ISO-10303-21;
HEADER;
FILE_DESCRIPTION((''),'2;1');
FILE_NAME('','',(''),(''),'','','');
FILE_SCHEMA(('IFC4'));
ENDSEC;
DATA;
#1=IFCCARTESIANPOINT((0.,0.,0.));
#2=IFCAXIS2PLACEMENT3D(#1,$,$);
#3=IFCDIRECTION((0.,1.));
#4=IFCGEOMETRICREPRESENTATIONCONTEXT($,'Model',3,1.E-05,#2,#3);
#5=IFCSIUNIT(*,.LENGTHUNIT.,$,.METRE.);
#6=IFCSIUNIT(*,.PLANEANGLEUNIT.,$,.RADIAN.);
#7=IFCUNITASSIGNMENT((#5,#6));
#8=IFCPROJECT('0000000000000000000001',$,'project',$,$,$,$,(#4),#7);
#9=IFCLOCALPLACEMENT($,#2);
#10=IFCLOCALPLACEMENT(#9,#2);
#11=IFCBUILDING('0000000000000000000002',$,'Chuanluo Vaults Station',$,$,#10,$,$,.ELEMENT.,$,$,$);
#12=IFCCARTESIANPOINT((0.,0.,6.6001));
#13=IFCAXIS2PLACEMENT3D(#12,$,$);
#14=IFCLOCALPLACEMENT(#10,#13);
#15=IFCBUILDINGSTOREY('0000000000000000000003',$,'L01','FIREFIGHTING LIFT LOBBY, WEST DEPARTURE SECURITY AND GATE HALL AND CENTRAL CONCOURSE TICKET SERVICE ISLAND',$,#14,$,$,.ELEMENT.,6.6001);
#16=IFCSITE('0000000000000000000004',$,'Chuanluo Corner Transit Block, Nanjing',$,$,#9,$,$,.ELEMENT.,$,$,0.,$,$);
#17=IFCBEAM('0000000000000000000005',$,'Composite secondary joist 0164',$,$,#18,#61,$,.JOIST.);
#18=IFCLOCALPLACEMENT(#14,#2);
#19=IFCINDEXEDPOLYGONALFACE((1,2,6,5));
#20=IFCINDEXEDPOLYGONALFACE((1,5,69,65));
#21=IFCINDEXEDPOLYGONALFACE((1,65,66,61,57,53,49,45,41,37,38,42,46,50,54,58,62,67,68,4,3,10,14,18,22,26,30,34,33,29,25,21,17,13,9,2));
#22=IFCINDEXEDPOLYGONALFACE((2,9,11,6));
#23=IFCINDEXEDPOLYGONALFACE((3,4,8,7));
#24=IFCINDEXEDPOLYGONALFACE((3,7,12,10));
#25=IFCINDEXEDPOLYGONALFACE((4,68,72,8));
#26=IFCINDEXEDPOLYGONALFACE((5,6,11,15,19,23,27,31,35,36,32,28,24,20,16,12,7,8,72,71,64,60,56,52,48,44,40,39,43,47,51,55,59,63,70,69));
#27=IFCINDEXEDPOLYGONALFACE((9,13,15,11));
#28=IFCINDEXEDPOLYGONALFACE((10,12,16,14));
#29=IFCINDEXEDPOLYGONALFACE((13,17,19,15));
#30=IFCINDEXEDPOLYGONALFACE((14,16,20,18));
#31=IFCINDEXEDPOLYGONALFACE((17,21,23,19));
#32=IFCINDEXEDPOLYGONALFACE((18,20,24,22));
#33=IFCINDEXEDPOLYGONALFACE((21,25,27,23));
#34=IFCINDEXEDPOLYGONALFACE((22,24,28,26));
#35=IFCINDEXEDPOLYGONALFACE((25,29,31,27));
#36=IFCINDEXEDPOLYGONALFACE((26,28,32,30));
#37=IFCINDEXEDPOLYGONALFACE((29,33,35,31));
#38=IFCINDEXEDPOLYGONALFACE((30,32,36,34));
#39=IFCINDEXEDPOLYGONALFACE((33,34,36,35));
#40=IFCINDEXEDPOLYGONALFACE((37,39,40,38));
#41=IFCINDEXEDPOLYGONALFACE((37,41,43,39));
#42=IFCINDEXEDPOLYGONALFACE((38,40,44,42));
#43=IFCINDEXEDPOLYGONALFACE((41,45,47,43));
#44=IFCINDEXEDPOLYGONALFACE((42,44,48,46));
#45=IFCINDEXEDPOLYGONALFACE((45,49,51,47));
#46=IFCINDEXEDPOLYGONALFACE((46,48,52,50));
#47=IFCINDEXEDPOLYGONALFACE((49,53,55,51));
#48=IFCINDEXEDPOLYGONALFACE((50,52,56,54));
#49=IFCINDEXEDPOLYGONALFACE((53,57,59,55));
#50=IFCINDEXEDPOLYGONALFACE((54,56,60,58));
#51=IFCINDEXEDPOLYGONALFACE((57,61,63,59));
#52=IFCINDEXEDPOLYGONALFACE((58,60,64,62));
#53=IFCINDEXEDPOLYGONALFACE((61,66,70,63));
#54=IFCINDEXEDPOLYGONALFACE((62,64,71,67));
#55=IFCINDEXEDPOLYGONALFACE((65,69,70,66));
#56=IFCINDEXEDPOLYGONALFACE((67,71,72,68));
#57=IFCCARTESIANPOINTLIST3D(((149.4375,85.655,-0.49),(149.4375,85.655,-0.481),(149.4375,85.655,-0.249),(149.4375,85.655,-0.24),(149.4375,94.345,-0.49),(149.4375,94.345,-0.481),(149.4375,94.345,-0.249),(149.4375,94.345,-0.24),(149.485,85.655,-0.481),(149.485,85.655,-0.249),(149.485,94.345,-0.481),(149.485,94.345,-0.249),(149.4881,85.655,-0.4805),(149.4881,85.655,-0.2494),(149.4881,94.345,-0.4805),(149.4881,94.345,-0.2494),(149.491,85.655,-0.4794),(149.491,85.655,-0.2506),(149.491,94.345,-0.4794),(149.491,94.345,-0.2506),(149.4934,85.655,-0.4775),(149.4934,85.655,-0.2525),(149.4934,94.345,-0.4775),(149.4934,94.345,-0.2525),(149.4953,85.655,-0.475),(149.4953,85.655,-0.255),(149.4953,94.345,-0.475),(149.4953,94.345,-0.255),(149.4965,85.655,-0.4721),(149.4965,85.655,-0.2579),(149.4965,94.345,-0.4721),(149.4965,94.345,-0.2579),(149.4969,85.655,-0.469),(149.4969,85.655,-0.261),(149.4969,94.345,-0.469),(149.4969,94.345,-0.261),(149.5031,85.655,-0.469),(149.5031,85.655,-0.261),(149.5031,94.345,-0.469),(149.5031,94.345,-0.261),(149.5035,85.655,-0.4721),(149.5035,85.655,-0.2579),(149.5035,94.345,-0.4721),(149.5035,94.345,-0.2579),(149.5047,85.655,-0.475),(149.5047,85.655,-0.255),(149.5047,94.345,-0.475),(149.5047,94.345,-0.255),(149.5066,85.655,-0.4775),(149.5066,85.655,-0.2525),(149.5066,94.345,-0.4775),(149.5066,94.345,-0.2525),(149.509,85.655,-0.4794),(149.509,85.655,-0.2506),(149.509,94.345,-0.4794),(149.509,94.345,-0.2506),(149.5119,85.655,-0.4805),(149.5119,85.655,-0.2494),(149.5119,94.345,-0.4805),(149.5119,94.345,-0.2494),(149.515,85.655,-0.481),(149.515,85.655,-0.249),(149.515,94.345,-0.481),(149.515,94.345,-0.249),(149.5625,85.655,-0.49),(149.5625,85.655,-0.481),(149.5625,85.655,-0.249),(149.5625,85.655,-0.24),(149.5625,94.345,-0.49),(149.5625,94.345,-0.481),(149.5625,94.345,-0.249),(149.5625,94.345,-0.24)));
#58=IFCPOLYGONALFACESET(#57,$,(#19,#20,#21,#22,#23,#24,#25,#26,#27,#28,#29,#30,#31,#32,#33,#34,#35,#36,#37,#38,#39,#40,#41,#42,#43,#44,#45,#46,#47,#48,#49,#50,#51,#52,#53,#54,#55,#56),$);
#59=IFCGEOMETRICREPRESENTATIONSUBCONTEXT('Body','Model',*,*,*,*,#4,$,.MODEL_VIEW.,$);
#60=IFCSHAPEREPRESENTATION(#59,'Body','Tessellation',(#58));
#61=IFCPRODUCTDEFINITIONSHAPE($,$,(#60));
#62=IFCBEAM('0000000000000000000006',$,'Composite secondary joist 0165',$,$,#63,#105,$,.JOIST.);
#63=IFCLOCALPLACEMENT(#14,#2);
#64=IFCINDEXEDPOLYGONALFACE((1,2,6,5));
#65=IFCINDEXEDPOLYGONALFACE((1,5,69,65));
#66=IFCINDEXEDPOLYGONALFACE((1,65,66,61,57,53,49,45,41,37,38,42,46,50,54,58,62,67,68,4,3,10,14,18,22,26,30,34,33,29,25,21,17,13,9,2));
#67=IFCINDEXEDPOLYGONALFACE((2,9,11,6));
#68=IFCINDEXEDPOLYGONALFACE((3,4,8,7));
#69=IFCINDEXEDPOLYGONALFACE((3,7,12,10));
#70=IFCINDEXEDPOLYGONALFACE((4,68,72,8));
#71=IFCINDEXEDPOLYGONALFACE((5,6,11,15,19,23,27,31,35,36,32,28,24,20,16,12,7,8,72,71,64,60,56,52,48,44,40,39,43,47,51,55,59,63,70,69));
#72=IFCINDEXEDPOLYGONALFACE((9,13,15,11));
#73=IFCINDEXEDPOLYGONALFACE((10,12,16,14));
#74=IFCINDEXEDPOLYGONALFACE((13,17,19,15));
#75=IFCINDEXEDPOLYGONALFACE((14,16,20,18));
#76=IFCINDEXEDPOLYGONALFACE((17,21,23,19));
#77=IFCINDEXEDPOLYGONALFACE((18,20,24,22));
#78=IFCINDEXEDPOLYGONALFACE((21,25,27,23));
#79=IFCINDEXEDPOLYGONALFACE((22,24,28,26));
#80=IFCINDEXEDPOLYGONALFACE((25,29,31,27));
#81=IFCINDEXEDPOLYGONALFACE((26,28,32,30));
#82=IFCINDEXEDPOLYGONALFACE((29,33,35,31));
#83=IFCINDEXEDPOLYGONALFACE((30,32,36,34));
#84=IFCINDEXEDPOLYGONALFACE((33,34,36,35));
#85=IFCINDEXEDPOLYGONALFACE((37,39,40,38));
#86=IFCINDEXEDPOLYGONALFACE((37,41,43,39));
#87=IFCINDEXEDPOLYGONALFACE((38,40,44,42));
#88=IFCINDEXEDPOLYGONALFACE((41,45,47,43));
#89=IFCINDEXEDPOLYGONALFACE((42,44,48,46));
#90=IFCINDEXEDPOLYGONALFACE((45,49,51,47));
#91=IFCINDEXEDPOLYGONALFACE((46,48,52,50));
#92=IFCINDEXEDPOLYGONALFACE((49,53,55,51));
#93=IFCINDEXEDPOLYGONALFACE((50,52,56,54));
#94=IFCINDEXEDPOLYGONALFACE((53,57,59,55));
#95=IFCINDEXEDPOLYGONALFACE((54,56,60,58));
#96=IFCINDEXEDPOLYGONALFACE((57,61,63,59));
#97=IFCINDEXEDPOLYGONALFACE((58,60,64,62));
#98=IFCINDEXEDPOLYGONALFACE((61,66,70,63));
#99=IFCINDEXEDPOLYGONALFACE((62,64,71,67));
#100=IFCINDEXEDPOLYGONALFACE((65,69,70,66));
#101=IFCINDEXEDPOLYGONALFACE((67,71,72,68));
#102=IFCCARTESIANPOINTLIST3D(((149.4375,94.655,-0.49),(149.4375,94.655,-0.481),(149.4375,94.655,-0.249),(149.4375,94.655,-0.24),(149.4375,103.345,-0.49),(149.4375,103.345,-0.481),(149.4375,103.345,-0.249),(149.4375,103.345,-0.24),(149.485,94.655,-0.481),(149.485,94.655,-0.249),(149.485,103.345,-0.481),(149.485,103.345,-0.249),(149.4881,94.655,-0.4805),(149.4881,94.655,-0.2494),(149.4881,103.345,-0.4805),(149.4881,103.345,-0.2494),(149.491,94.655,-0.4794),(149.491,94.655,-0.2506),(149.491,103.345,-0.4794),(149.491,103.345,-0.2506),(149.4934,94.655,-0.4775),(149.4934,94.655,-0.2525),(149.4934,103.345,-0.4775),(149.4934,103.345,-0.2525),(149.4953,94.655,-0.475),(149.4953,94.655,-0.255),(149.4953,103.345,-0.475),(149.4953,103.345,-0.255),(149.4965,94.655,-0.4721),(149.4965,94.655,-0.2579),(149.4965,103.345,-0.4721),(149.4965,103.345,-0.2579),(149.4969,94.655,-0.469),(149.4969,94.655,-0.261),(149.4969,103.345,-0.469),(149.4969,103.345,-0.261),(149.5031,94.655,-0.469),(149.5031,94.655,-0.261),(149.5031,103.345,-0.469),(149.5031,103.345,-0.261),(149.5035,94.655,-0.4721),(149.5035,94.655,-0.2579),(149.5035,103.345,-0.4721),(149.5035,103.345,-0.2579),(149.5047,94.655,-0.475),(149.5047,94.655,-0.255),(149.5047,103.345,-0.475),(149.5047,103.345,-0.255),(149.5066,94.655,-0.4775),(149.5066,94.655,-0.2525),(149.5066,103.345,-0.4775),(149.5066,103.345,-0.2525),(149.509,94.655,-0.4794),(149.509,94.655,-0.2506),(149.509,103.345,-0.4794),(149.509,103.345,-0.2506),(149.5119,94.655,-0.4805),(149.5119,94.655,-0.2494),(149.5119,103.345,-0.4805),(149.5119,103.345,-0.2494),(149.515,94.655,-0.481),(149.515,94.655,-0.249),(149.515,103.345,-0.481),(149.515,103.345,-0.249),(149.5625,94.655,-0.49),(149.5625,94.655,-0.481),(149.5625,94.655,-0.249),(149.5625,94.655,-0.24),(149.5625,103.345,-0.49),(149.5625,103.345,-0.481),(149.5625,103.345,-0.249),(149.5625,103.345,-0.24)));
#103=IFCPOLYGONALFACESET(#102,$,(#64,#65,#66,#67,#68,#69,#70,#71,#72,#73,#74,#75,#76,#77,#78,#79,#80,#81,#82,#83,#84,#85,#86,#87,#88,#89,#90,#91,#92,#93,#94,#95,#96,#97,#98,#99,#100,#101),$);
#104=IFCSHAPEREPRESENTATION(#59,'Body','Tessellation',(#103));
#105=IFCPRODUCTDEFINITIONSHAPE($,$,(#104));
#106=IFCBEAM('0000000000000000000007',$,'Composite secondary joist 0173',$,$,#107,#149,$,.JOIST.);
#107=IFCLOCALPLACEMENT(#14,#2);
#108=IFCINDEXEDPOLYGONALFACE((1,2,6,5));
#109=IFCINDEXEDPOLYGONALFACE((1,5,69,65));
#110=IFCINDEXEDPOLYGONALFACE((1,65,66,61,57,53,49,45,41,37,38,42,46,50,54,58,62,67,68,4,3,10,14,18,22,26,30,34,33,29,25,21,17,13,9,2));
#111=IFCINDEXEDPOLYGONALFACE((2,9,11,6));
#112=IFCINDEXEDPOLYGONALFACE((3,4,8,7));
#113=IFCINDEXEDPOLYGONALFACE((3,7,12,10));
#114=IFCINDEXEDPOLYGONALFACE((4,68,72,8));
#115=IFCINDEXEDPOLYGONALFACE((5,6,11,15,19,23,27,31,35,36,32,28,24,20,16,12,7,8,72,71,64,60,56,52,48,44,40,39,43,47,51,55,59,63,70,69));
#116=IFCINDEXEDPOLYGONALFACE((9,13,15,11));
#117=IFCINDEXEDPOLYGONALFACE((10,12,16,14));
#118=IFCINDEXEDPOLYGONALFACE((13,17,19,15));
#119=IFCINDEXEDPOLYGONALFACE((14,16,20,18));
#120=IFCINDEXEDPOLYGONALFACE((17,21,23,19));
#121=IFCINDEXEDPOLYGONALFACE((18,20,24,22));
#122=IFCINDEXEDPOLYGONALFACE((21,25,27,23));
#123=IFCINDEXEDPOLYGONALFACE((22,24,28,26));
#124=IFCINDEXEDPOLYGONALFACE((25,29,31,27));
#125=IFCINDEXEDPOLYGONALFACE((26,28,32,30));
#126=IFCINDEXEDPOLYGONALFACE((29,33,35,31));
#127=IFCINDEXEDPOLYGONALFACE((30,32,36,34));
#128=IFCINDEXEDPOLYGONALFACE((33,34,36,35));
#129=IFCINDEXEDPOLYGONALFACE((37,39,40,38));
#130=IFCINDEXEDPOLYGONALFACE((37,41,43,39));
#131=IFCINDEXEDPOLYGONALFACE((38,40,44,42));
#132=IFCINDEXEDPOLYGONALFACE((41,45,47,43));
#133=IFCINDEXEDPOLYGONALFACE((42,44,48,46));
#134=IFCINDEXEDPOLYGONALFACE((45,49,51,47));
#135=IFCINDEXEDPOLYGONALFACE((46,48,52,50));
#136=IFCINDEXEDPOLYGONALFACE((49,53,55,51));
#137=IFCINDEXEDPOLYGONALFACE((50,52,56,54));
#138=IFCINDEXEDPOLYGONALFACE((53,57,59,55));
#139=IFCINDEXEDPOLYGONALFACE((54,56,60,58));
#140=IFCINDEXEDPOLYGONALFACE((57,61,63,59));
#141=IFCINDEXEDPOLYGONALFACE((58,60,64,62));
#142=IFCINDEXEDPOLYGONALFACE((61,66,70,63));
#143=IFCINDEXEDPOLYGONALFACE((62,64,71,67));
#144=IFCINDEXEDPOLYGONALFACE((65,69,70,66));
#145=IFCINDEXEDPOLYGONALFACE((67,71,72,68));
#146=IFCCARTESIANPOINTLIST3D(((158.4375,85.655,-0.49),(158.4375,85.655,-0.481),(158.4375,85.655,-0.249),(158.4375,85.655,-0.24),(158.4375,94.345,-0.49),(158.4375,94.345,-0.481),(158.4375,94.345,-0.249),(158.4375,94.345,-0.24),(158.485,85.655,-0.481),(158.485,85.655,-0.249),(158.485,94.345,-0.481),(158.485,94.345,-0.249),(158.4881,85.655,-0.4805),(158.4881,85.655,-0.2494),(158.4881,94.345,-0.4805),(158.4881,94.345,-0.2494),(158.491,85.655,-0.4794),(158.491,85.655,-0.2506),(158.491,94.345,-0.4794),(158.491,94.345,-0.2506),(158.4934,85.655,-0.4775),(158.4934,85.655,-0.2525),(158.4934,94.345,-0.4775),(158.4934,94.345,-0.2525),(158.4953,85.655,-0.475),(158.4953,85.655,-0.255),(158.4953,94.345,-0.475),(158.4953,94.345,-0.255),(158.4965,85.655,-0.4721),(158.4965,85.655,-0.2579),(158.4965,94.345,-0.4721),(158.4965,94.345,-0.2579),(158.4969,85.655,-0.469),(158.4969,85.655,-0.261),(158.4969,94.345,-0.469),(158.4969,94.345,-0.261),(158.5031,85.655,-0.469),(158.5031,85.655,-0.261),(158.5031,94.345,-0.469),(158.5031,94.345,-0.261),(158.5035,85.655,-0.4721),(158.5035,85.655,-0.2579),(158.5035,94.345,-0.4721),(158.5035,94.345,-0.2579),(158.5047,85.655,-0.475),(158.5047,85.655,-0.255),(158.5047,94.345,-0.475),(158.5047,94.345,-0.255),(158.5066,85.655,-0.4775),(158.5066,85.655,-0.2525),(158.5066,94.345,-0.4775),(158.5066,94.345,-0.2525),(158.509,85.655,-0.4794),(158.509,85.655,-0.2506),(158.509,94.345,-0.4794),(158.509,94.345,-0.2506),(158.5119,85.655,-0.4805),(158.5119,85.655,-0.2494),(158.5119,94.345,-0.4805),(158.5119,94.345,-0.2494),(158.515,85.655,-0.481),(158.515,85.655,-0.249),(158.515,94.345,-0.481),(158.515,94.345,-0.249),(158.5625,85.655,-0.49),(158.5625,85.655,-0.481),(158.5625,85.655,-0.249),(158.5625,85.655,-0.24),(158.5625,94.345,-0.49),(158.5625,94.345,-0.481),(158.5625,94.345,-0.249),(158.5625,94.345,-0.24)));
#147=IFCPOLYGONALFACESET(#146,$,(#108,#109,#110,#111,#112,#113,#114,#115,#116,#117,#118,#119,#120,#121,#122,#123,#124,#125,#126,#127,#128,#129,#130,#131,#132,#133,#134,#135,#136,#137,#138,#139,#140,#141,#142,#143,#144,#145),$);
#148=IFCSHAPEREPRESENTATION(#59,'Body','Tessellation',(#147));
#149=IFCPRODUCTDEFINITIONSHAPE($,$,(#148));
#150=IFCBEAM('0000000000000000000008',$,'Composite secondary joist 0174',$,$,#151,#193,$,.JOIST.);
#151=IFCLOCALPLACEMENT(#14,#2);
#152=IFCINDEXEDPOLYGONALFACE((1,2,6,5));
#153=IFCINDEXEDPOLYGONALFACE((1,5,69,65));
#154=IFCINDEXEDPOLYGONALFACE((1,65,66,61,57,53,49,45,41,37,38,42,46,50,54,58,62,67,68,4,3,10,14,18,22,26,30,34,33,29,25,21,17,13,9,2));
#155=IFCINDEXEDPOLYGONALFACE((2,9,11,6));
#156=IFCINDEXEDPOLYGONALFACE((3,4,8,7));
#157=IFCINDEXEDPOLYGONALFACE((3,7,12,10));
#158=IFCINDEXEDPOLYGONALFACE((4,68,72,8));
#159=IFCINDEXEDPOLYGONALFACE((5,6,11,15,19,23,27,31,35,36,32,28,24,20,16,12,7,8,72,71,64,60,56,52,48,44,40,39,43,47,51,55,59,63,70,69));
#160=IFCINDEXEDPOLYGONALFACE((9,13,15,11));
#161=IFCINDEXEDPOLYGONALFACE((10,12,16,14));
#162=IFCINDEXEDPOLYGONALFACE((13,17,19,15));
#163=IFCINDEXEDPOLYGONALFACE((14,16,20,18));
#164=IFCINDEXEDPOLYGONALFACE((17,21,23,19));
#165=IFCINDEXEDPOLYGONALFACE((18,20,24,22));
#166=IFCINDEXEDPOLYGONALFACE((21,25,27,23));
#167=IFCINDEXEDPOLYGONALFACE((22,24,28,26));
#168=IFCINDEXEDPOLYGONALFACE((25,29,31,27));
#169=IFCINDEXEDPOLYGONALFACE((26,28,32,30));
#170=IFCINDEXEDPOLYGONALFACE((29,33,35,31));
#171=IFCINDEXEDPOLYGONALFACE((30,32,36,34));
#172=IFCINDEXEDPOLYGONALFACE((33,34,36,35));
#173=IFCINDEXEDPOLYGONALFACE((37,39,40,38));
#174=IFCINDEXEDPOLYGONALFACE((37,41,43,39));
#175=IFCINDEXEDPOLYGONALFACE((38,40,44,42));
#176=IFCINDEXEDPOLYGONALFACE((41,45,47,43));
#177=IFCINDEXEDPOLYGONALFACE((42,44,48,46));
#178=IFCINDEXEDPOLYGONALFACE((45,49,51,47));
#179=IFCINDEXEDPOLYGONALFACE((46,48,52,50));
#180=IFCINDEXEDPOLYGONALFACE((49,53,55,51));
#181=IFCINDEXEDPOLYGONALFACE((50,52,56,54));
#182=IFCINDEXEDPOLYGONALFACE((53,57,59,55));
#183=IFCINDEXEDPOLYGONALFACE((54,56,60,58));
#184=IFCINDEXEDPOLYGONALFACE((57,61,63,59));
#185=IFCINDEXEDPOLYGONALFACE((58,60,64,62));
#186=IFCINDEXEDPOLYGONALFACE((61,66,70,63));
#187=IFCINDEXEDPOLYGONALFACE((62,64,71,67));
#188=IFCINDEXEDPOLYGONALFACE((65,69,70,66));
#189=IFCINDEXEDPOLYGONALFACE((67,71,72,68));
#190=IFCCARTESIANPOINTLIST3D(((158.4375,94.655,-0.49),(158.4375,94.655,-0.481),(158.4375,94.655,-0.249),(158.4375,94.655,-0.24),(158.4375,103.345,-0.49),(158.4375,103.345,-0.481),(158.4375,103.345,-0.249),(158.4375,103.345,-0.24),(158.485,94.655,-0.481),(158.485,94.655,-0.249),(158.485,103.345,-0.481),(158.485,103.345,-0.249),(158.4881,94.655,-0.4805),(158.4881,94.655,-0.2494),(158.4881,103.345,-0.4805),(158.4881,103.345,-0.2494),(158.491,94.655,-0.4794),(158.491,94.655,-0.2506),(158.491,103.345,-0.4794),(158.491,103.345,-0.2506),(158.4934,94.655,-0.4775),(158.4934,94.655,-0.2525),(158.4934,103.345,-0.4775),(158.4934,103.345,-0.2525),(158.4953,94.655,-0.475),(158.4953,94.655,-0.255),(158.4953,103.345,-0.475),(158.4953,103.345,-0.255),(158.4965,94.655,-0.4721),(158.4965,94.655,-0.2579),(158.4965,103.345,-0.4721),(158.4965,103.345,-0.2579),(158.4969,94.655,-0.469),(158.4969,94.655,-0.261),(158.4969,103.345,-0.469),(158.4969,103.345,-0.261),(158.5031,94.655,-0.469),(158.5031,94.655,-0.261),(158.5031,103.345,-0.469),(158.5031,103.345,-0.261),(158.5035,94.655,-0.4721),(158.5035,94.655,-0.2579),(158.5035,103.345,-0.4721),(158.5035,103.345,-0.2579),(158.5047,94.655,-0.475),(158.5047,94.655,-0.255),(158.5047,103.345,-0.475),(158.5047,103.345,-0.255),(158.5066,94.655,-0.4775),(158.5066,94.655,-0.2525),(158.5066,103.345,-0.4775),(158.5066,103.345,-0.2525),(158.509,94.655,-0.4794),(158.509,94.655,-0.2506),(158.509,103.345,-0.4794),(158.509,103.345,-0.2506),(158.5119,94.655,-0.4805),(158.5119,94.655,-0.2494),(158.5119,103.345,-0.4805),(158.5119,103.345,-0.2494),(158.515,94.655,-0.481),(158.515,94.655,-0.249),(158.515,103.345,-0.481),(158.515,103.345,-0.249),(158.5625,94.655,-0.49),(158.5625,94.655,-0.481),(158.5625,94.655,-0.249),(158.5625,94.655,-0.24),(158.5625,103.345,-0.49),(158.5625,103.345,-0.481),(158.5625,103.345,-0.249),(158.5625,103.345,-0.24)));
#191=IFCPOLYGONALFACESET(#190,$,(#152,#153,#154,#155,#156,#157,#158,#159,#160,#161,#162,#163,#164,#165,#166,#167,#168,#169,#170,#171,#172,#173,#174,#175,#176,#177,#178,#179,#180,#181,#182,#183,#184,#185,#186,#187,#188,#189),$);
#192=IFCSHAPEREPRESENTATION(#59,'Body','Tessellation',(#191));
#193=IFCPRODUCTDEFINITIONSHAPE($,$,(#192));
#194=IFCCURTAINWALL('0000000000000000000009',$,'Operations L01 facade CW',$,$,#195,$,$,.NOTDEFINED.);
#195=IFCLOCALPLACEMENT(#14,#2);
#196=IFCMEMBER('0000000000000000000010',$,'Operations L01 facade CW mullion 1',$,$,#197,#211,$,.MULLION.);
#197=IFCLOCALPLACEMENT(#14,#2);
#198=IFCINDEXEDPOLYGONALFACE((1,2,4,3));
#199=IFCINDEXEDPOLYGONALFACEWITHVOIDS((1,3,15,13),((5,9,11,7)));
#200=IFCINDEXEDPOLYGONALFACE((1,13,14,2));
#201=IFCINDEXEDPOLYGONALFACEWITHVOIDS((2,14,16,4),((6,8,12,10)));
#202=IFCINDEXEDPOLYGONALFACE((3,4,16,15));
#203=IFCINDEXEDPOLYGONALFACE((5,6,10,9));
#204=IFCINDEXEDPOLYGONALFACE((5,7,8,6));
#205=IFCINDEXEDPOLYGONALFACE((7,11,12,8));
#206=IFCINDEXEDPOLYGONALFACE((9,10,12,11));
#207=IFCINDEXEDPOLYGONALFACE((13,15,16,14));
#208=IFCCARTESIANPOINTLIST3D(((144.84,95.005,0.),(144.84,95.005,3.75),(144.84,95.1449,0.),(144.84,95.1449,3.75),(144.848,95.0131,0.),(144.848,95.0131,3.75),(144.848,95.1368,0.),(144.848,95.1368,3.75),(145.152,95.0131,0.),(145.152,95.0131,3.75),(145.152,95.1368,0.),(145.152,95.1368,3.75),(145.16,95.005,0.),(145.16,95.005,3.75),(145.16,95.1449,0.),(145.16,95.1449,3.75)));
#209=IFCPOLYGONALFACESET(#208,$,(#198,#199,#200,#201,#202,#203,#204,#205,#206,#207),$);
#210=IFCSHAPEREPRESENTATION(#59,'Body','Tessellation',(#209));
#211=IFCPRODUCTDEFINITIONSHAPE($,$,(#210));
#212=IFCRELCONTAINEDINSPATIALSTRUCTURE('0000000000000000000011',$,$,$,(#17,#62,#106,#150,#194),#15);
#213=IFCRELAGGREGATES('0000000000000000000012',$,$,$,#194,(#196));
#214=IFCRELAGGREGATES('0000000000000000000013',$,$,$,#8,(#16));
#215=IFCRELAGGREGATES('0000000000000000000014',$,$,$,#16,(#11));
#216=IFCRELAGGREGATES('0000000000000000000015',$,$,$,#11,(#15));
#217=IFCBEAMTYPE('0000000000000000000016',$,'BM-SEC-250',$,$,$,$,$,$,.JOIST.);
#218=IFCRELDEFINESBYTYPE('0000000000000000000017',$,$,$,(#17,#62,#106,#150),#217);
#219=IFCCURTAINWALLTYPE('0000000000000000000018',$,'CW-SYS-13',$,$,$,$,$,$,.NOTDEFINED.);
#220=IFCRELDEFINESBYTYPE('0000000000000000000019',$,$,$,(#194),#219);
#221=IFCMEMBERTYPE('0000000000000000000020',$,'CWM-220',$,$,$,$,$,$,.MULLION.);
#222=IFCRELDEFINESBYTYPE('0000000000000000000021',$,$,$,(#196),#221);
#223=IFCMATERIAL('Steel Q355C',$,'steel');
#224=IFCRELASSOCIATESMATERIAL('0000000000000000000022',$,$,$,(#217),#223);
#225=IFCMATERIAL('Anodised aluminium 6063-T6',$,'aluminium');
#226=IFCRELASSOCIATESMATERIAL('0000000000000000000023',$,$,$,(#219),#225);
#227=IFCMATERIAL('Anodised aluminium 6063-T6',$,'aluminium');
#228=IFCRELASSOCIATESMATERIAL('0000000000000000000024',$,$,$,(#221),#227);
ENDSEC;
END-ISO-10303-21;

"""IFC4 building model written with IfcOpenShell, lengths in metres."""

from ifc_helpers import new_model, si_unit, direction, frame, origin, origin_2d, place, context, subcontext, project, spatial, hollow_rectangle, i_section, extrude, material, material_profile, profile_set, type_object, element, aggregate, save


model = new_model("IFC4")

# Units and contexts
model_context = context("Model", 3, precision=1e-05, world=origin(), true_north=direction((0.0, 1.0)))
body_context = subcontext(model_context, "Body", "Model", "MODEL_VIEW")
ifc_project = project(units=[si_unit("LENGTHUNIT", "METRE"), si_unit("PLANEANGLEUNIT", "RADIAN")], contexts=[model_context])

# Site, building, storey
site_placement = place(None, origin())
site = spatial("IfcSite", under=ifc_project, at=site_placement, Name="Chuanluo Corner Transit Block, Nanjing", CompositionType="ELEMENT", RefElevation=0.0)
building_placement = place(site_placement, origin())
building = spatial("IfcBuilding", under=site, at=building_placement, Name="Chuanluo Vaults Station", CompositionType="ELEMENT")
storey_placement = place(building_placement, frame((0.0, 0.0, 6.6001)))
storey = spatial("IfcBuildingStorey", under=building, at=storey_placement, Name="L01", Description="FIREFIGHTING LIFT LOBBY, WEST DEPARTURE SECURITY AND GATE HALL AND CENTRAL CONCOURSE TICKET SERVICE ISLAND", CompositionType="ELEMENT", Elevation=6.6001)

# Beams
ifc_material_1 = material(Name="Steel Q355C", Category="steel")
ifc_material_profile_1 = material_profile(ifc_material_1, i_section(OverallWidth=0.125, OverallDepth=0.25, WebThickness=0.0061, FlangeThickness=0.009, FilletRadius=0.012, at=origin_2d()))
ifc_profile_set_1 = profile_set([ifc_material_profile_1], Name="Steel Q355C")
beam_type_1 = type_object("IfcBeamType", Name="BM-SEC-250", PredefinedType="JOIST", material=ifc_profile_set_1)
for number, where, z_axis, x_axis, name in (
    (1, (149.5, 85.655, -0.365), (0.0, 1.0, 0.0), (-1.0, 0.0, 0.0), "Composite secondary joist 0164"),
    (2, (149.5, 94.655, -0.365), (0.0, 1.0, 0.0), (-1.0, 0.0, 0.0), "Composite secondary joist 0165"),
    (3, (158.5, 85.655, -0.365), (0.0, 1.0, 0.0), (-1.0, 0.0, 0.0), "Composite secondary joist 0173"),
    (4, (158.5, 94.655, -0.365), (0.0, 1.0, 0.0), (-1.0, 0.0, 0.0), "Composite secondary joist 0174"),
):
    element("IfcBeam", number, at=place(storey_placement, frame(where, z_axis=z_axis, x_axis=x_axis)), inside=storey, type_object=beam_type_1, Name=name, PredefinedType="JOIST", context=body_context, shape_type="SweptSolid", body=[
        extrude(i_section(OverallWidth=0.125, OverallDepth=0.25, WebThickness=0.0061, FlangeThickness=0.009, FilletRadius=0.012, at=origin_2d()), origin(), (0.0, 0.0, 1.0), 8.6899),
    ])

# Curtain wall, member
ifc_material_2 = material(Name="Anodised aluminium 6063-T6", Category="aluminium")
curtain_wall_type = type_object("IfcCurtainWallType", Name="CW-SYS-13", PredefinedType="NOTDEFINED", material=ifc_material_2)
curtain_wall_placement = place(storey_placement, origin())
curtain_wall = element("IfcCurtainWall", 5, at=curtain_wall_placement, inside=storey, type_object=curtain_wall_type, Name="Operations L01 facade CW", PredefinedType="NOTDEFINED")
ifc_material_3 = material(Name="Anodised aluminium 6063-T6", Category="aluminium")
ifc_material_profile_2 = material_profile(ifc_material_3, hollow_rectangle(XDim=0.1399, YDim=0.3201, WallThickness=0.0081, at=origin_2d()))
ifc_profile_set_2 = profile_set([ifc_material_profile_2], Name="Anodised aluminium 6063-T6")
member_type_1 = type_object("IfcMemberType", Name="CWM-220", PredefinedType="MULLION", material=ifc_profile_set_2)
member_1_placement = place(storey_placement, frame((145.0, 95.075, 0.0), z_axis=(0.0, 0.0, 1.0), x_axis=(0.0, 1.0, 0.0)))
member_1 = element("IfcMember", 6, at=member_1_placement, type_object=member_type_1, Name="Operations L01 facade CW mullion 1", PredefinedType="MULLION", context=body_context, shape_type="SweptSolid", body=[
    extrude(hollow_rectangle(XDim=0.1399, YDim=0.3201, WallThickness=0.0081, at=origin_2d()), origin(), (0.0, 0.0, 1.0), 3.75),
])
aggregate(curtain_wall, [member_1])

save(model, "model.ifc")
